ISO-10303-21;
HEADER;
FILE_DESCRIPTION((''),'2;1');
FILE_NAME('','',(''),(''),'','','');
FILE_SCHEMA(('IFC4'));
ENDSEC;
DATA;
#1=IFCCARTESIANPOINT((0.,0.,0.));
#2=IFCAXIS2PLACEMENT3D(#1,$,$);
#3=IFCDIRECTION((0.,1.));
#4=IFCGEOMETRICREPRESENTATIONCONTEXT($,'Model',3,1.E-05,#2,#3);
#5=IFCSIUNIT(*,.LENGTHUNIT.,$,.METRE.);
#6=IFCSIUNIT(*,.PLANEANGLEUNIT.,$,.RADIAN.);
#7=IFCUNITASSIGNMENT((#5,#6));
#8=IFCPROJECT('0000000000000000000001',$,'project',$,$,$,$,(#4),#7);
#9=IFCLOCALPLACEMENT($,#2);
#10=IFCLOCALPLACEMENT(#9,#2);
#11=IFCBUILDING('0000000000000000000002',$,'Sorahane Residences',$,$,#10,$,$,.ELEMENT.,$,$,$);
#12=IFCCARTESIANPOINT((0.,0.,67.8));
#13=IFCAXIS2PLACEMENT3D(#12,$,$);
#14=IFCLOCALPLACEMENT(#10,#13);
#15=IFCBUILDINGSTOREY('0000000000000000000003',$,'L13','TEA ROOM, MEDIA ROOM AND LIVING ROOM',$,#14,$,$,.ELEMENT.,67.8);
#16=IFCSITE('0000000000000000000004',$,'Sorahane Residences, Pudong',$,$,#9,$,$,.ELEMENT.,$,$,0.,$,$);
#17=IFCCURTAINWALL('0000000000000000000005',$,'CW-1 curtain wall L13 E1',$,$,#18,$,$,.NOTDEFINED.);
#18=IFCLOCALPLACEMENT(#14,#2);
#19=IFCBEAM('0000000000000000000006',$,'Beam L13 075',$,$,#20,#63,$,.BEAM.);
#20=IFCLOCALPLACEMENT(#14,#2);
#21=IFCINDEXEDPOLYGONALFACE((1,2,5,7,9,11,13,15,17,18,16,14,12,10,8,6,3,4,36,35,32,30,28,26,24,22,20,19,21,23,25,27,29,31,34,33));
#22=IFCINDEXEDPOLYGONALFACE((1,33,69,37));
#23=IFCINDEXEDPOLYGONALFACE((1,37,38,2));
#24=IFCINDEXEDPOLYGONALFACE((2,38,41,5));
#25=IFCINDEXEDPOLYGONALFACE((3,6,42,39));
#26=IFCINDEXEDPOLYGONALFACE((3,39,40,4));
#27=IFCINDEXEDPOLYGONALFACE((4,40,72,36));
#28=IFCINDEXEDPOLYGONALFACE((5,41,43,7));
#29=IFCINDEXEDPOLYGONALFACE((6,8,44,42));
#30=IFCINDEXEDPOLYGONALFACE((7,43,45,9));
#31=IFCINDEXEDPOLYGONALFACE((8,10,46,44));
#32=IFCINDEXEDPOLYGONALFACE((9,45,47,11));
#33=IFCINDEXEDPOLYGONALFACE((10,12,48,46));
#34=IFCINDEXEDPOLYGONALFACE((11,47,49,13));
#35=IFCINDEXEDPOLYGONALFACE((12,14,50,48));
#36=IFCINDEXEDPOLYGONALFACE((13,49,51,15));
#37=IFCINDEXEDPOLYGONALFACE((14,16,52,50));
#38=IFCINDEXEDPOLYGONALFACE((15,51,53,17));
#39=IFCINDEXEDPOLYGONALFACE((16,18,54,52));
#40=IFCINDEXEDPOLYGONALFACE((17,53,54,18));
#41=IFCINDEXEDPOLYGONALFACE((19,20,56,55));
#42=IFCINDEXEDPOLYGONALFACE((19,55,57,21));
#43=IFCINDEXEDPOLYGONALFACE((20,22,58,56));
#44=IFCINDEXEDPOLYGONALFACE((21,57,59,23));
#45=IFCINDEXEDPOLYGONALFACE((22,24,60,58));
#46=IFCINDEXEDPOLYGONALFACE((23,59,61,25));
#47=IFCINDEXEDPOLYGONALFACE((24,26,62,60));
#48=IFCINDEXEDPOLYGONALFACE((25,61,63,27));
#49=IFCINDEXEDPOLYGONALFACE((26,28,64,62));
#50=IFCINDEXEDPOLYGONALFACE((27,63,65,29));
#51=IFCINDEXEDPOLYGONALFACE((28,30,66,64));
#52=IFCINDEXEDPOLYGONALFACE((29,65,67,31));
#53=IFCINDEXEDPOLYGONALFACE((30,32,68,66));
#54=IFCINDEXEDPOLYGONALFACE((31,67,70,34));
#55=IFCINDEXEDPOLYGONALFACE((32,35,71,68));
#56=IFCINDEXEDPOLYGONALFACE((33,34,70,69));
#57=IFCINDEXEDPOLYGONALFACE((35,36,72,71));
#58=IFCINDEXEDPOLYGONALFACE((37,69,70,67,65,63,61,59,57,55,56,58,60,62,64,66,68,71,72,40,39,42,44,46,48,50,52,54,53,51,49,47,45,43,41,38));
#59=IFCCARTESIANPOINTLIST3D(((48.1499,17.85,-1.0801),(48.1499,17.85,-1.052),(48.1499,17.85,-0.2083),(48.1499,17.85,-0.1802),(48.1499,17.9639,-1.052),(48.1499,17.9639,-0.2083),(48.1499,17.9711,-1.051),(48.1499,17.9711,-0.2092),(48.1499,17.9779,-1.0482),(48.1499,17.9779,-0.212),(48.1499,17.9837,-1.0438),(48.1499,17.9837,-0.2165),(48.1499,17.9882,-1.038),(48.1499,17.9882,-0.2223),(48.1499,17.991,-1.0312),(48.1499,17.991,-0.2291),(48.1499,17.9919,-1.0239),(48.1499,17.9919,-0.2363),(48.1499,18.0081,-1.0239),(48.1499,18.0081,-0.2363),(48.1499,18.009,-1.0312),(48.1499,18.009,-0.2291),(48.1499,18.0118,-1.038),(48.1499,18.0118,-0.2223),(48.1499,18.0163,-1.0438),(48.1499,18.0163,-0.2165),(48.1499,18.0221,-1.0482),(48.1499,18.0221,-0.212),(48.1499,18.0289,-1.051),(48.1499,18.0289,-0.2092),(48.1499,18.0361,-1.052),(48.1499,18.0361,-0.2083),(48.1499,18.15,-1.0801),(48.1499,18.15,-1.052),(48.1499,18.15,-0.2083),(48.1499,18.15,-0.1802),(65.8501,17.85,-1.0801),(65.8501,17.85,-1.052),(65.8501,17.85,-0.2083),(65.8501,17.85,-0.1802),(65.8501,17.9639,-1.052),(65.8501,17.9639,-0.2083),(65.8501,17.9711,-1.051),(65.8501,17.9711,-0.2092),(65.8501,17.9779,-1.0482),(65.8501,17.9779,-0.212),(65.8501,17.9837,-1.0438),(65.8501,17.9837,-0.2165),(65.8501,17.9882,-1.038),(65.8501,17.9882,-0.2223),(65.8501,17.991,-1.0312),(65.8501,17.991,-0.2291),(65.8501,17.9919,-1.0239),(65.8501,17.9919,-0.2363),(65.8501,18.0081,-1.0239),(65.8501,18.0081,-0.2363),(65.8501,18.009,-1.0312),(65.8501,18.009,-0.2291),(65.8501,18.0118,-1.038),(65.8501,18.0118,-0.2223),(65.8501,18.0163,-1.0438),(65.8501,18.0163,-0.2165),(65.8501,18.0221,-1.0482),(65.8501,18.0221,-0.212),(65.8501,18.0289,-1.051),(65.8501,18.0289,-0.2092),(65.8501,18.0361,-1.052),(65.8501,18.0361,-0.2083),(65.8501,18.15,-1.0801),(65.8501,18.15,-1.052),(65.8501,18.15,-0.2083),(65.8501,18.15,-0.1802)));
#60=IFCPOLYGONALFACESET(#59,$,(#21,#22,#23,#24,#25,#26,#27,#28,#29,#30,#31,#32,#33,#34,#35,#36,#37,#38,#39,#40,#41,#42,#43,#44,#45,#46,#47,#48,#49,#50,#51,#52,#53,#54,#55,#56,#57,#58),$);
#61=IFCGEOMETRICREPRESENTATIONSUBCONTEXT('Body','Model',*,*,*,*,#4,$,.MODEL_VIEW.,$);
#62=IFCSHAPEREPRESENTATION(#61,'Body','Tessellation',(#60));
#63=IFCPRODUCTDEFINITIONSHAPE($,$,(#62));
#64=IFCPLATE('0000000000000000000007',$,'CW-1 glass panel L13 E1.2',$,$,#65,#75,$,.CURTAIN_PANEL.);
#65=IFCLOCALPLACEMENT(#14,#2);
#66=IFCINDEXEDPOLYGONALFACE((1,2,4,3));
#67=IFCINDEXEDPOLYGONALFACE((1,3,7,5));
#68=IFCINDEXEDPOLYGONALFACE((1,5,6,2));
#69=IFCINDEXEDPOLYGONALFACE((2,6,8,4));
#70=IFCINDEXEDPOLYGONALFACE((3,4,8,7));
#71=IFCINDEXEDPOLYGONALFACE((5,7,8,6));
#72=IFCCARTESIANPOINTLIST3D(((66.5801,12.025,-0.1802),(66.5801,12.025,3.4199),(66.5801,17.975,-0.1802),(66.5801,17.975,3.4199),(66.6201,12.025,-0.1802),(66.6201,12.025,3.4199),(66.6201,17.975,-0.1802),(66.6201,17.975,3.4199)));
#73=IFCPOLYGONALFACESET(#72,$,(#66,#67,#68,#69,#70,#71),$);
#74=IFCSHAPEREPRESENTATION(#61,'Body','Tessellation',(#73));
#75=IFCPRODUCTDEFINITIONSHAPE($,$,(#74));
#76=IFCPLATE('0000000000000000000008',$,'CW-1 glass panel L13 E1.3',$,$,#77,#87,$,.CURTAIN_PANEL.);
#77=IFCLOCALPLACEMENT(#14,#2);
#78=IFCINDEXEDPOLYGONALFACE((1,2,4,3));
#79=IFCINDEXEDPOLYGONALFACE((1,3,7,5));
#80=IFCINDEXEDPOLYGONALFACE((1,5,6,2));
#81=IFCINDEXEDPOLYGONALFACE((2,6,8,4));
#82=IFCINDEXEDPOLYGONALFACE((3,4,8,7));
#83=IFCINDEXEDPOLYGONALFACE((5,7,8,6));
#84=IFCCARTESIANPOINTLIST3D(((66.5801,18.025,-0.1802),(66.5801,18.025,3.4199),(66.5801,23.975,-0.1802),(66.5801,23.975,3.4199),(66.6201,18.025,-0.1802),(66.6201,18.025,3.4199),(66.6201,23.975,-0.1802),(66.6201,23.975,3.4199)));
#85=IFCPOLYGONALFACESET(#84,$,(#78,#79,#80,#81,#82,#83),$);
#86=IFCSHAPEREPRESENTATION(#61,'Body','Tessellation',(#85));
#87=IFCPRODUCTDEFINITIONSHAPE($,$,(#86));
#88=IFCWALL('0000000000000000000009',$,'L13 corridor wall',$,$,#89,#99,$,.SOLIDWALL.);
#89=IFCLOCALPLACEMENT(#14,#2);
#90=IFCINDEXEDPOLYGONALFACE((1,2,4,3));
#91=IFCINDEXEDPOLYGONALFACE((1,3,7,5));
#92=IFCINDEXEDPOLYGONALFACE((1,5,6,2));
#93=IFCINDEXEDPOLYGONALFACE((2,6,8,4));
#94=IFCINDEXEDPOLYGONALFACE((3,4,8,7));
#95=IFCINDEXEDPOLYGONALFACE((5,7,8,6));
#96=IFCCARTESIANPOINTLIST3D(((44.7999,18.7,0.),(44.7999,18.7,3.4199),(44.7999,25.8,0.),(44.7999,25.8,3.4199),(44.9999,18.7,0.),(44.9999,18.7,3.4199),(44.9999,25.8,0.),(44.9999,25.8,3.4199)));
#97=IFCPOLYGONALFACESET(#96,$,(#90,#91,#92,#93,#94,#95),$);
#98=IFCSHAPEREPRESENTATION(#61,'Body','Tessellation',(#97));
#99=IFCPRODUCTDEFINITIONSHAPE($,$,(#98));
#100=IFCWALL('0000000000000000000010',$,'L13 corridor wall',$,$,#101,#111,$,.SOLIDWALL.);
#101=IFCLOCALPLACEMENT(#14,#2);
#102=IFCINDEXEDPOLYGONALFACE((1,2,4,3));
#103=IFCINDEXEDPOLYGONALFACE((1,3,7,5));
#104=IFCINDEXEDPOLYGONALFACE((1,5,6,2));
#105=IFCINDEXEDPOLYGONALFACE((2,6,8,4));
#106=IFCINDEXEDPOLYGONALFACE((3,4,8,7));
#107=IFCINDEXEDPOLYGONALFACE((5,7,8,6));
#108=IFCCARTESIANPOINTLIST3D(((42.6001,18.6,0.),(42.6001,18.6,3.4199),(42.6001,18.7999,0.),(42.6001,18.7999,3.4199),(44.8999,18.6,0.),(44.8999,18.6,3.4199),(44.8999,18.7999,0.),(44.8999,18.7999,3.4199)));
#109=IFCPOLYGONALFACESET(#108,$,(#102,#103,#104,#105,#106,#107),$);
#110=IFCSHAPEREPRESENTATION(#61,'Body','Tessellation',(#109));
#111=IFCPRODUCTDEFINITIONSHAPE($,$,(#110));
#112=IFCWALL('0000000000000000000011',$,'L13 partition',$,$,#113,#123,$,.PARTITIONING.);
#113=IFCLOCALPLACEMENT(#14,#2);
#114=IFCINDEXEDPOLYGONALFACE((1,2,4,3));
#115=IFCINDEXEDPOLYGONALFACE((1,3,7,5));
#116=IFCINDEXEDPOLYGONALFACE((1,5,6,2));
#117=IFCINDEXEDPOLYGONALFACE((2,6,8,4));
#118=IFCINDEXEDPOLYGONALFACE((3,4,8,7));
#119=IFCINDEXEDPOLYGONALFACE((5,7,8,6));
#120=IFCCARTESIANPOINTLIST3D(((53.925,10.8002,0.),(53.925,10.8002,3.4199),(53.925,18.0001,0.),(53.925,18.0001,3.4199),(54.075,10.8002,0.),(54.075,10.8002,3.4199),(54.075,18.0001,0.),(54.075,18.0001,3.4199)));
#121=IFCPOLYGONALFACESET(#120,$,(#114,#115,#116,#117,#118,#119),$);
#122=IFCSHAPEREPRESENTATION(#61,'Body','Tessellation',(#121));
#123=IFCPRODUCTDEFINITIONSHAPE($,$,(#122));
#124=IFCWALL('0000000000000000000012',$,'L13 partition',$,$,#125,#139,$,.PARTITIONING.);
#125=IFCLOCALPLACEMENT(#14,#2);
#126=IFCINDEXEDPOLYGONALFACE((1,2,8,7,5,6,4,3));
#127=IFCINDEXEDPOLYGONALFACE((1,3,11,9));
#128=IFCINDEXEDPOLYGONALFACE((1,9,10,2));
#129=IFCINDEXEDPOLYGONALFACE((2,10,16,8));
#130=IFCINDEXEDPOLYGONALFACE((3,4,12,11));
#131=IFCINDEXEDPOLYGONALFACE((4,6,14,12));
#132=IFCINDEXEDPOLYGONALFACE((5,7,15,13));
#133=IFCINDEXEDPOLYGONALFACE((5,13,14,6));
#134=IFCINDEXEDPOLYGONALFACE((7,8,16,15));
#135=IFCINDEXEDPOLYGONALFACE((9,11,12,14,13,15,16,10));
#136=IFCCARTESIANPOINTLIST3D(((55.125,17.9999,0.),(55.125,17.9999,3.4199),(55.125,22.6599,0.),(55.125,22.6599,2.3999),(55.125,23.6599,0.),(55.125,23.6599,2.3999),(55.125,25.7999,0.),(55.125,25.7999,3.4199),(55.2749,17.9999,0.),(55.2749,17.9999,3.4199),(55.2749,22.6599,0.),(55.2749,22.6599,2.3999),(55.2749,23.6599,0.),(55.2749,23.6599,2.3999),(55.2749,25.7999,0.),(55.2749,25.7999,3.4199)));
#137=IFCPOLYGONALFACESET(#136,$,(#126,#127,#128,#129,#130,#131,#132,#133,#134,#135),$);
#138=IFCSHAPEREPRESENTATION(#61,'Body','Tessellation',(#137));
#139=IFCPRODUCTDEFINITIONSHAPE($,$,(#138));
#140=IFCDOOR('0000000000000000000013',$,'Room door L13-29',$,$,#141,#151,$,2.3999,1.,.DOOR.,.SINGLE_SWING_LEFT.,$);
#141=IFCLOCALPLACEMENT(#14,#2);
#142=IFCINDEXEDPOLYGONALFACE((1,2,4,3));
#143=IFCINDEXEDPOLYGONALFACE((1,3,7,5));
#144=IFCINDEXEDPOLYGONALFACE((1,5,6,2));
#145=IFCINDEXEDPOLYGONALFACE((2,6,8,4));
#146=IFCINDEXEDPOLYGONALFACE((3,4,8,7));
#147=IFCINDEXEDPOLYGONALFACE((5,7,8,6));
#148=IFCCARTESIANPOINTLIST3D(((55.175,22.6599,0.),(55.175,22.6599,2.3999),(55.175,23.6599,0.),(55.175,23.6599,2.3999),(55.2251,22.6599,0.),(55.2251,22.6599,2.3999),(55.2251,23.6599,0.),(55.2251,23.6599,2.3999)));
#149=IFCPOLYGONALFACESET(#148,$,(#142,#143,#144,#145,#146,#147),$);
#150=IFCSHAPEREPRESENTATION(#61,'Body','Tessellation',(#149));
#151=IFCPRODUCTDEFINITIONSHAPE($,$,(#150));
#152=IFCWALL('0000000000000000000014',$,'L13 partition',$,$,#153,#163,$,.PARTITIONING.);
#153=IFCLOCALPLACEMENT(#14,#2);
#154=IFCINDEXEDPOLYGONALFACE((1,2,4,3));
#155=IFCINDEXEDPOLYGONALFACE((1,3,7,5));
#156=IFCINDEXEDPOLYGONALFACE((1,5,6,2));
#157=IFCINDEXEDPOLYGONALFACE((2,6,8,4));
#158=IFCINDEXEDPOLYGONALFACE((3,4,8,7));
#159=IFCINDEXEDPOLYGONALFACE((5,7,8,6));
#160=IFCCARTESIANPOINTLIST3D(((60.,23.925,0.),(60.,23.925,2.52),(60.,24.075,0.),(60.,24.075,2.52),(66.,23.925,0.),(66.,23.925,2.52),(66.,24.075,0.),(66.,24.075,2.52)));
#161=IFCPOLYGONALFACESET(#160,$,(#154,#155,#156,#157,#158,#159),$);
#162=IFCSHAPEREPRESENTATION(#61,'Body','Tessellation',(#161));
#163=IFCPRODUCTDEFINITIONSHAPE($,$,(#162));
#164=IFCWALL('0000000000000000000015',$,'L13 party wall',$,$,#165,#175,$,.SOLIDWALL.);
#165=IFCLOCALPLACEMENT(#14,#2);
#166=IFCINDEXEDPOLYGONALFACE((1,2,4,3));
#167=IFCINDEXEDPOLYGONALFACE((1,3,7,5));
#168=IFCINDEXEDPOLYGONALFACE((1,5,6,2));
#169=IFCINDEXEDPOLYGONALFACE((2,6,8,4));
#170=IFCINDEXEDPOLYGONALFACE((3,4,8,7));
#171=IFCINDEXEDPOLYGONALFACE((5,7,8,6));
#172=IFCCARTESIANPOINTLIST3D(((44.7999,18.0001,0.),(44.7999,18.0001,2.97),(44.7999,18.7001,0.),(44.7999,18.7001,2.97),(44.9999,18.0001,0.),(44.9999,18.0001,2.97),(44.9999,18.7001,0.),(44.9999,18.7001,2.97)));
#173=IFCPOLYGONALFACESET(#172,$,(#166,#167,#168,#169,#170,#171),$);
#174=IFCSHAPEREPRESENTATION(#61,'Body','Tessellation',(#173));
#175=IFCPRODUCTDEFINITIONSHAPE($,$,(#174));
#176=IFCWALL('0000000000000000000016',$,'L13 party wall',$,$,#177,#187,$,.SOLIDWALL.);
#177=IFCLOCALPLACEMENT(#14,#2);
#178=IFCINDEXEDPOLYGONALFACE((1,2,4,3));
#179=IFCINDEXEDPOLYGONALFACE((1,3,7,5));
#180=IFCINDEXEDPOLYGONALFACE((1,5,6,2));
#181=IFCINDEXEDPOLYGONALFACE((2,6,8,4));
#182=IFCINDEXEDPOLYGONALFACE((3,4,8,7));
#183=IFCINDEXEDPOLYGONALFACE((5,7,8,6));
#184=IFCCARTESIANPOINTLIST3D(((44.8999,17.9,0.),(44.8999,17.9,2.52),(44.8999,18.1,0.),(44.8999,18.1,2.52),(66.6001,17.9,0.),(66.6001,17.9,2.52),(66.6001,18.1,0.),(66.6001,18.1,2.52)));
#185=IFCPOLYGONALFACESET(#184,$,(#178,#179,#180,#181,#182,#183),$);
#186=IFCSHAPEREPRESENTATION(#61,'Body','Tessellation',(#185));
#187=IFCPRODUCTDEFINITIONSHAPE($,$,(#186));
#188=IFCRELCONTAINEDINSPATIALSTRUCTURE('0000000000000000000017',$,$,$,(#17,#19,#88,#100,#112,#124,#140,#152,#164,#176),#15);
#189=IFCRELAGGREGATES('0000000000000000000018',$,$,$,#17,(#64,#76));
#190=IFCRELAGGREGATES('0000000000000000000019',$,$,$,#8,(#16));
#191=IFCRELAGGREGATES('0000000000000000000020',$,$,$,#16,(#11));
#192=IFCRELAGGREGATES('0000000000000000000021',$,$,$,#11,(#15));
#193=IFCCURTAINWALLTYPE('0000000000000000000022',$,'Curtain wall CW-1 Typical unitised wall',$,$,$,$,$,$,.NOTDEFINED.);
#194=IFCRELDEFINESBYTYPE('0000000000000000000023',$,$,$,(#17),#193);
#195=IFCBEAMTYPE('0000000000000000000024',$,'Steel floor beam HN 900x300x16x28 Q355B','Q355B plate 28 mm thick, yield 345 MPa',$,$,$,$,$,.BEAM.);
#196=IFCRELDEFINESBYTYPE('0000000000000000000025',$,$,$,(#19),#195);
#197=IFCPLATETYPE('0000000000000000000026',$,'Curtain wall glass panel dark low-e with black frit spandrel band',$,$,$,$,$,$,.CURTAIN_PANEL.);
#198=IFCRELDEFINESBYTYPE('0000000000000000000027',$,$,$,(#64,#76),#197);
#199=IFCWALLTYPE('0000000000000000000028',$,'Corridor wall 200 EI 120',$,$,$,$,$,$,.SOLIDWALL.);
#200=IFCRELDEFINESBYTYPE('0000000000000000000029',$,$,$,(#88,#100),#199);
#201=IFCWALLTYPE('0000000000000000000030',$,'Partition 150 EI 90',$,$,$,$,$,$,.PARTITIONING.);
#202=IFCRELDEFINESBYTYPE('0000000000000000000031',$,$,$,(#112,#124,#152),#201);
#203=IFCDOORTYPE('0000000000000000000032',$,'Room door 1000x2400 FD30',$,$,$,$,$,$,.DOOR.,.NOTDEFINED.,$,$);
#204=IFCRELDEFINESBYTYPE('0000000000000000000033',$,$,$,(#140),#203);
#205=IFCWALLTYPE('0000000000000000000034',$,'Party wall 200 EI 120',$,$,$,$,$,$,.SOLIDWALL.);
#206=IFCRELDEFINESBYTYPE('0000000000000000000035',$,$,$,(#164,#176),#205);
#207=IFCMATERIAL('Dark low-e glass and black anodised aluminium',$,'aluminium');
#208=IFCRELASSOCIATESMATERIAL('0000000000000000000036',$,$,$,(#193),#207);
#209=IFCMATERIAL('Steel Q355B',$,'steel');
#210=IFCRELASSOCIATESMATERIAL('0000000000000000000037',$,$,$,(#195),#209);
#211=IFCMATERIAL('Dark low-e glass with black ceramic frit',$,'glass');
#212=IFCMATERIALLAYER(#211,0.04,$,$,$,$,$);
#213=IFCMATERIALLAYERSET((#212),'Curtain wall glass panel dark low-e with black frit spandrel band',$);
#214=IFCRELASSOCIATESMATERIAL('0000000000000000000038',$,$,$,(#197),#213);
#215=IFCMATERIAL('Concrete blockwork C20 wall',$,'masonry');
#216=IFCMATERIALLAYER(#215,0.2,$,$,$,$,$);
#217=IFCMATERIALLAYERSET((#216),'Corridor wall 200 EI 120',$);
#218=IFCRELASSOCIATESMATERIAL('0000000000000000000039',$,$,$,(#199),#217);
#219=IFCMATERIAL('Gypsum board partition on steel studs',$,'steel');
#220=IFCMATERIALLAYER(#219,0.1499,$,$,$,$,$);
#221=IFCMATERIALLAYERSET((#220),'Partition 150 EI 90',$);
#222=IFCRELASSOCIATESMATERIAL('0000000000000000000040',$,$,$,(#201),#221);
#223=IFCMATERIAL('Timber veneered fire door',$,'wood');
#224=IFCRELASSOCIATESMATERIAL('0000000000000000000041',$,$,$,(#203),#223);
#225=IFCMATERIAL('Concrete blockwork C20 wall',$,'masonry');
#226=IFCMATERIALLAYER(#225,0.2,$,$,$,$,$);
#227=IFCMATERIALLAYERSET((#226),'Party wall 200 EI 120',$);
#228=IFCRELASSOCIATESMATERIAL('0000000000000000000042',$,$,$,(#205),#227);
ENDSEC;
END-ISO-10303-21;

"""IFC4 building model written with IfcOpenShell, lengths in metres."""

from ifc_helpers import new_model, si_unit, direction, frame, frame_2d, origin, origin_2d, place, context, subcontext, project, spatial, rectangle, i_section, extrude, material, layer, layer_set, material_profile, profile_set, type_object, element, fill, aggregate, save


model = new_model("IFC4")

# Units and contexts
model_context = context("Model", 3, precision=1e-05, world=origin(), true_north=direction((0.0, 1.0)))
body_context = subcontext(model_context, "Body", "Model", "MODEL_VIEW")
ifc_project = project(units=[si_unit("LENGTHUNIT", "METRE"), si_unit("PLANEANGLEUNIT", "RADIAN")], contexts=[model_context])

# Site, building, storey
site_placement = place(None, origin())
site = spatial("IfcSite", under=ifc_project, at=site_placement, Name="Sorahane Residences, Pudong", CompositionType="ELEMENT", RefElevation=0.0)
building_placement = place(site_placement, origin())
building = spatial("IfcBuilding", under=site, at=building_placement, Name="Sorahane Residences", CompositionType="ELEMENT")
storey_placement = place(building_placement, frame((0.0, 0.0, 67.8)))
storey = spatial("IfcBuildingStorey", under=building, at=storey_placement, Name="L13", Description="TEA ROOM, MEDIA ROOM AND LIVING ROOM", CompositionType="ELEMENT", Elevation=67.8)

# Curtain wall
ifc_material_1 = material(Name="Dark low-e glass and black anodised aluminium", Category="aluminium")
curtain_wall_type = type_object("IfcCurtainWallType", Name="Curtain wall CW-1 Typical unitised wall", PredefinedType="NOTDEFINED", material=ifc_material_1)
curtain_wall_placement = place(storey_placement, origin())
curtain_wall = element("IfcCurtainWall", 1, at=curtain_wall_placement, inside=storey, type_object=curtain_wall_type, Name="CW-1 curtain wall L13 E1", PredefinedType="NOTDEFINED")

# Beam
ifc_material_2 = material(Name="Steel Q355B", Category="steel")
ifc_material_profile_1 = material_profile(ifc_material_2, i_section(OverallWidth=0.3, OverallDepth=0.8999, WebThickness=0.0161, FlangeThickness=0.0281, FilletRadius=0.0281, at=origin_2d()), Name="HN 900x300x16x28")
ifc_profile_set_1 = profile_set([ifc_material_profile_1], Name="Steel Q355B")
beam_type_1 = type_object("IfcBeamType", Name="Steel floor beam HN 900x300x16x28 Q355B", Description="Q355B plate 28 mm thick, yield 345 MPa", PredefinedType="BEAM", material=ifc_profile_set_1)
beam_1_placement = place(storey_placement, frame((48.1499, 18.0, -0.6301), z_axis=(1.0, 0.0, 0.0), x_axis=(0.0, 1.0, 0.0)))
element("IfcBeam", 2, at=beam_1_placement, inside=storey, type_object=beam_type_1, Name="Beam L13 075", PredefinedType="BEAM", context=body_context, shape_type="SweptSolid", body=[
    extrude(i_section(OverallWidth=0.3, OverallDepth=0.8999, WebThickness=0.0161, FlangeThickness=0.0281, FilletRadius=0.0281, at=origin_2d()), origin(), (0.0, 0.0, 1.0), 17.7002),
])

# Plates
ifc_material_3 = material(Name="Dark low-e glass with black ceramic frit", Category="glass")
ifc_layer_1 = layer(ifc_material_3, 0.04)
ifc_layer_set_1 = layer_set([ifc_layer_1], Name="Curtain wall glass panel dark low-e with black frit spandrel band")
plate_type = type_object("IfcPlateType", Name="Curtain wall glass panel dark low-e with black frit spandrel band", PredefinedType="CURTAIN_PANEL", material=ifc_layer_set_1)
plate_1_placement = place(storey_placement, frame((66.6001, 15.0, -0.1802), z_axis=(0.0, 0.0, 1.0), x_axis=(0.0, 1.0, 0.0)))
plate_1 = element("IfcPlate", 3, at=plate_1_placement, type_object=plate_type, Name="CW-1 glass panel L13 E1.2", PredefinedType="CURTAIN_PANEL", context=body_context, shape_type="SweptSolid", body=[
    extrude(rectangle(XDim=5.95, YDim=0.04, at=origin_2d()), origin(), (0.0, 0.0, 1.0), 3.6001),
])
plate_2_placement = place(storey_placement, frame((66.6001, 21.0, -0.1802), z_axis=(0.0, 0.0, 1.0), x_axis=(0.0, 1.0, 0.0)))
plate_2 = element("IfcPlate", 4, at=plate_2_placement, type_object=plate_type, Name="CW-1 glass panel L13 E1.3", PredefinedType="CURTAIN_PANEL", context=body_context, shape_type="SweptSolid", body=[
    extrude(rectangle(XDim=5.95, YDim=0.04, at=origin_2d()), origin(), (0.0, 0.0, 1.0), 3.6001),
])
aggregate(curtain_wall, [plate_1, plate_2])

# Walls
ifc_material_4 = material(Name="Concrete blockwork C20 wall", Category="masonry")
ifc_layer_2 = layer(ifc_material_4, 0.2)
ifc_layer_set_2 = layer_set([ifc_layer_2], Name="Corridor wall 200 EI 120")
wall_type_1 = type_object("IfcWallType", Name="Corridor wall 200 EI 120", PredefinedType="SOLIDWALL", material=ifc_layer_set_2)
wall_1_placement = place(storey_placement, frame((44.8999, 18.7, 0.0), z_axis=(0.0, 0.0, 1.0), x_axis=(0.0, 1.0, 0.0)))
element("IfcWall", 5, at=wall_1_placement, inside=storey, type_object=wall_type_1, Name="L13 corridor wall", PredefinedType="SOLIDWALL", context=body_context, shape_type="SweptSolid", body=[
    extrude(rectangle(XDim=7.1001, YDim=0.2, at=frame_2d((3.55, 0.0))), origin(), (0.0, 0.0, 1.0), 3.4199),
])
wall_2_placement = place(storey_placement, frame((42.6001, 18.7, 0.0), z_axis=(0.0, 0.0, 1.0), x_axis=(1.0, 0.0, 0.0)))
element("IfcWall", 6, at=wall_2_placement, inside=storey, type_object=wall_type_1, Name="L13 corridor wall", PredefinedType="SOLIDWALL", context=body_context, shape_type="SweptSolid", body=[
    extrude(rectangle(XDim=2.2998, YDim=0.2, at=frame_2d((1.1499, 0.0))), origin(), (0.0, 0.0, 1.0), 3.4199),
])
ifc_material_5 = material(Name="Gypsum board partition on steel studs", Category="steel")
ifc_layer_3 = layer(ifc_material_5, 0.1499)
ifc_layer_set_3 = layer_set([ifc_layer_3], Name="Partition 150 EI 90")
wall_type_2 = type_object("IfcWallType", Name="Partition 150 EI 90", PredefinedType="PARTITIONING", material=ifc_layer_set_3)
wall_3_placement = place(storey_placement, frame((54.0, 10.8, 0.0), z_axis=(0.0, 0.0, 1.0), x_axis=(0.0, 1.0, 0.0)))
element("IfcWall", 7, at=wall_3_placement, inside=storey, type_object=wall_type_2, Name="L13 partition", PredefinedType="PARTITIONING", context=body_context, shape_type="SweptSolid", body=[
    extrude(rectangle(XDim=7.2, YDim=0.1499, at=frame_2d((3.6001, 0.0))), origin(), (0.0, 0.0, 1.0), 3.4199),
])

# Wall, opening, door
wall_4_placement = place(storey_placement, frame((55.2, 18.0, 0.0), z_axis=(0.0, 0.0, 1.0), x_axis=(0.0, 1.0, 0.0)))
wall_4 = element("IfcWall", 8, at=wall_4_placement, inside=storey, type_object=wall_type_2, Name="L13 partition", PredefinedType="PARTITIONING", context=body_context, shape_type="SweptSolid", body=[
    extrude(rectangle(XDim=7.8, YDim=0.1499, at=frame_2d((3.8999, 0.0))), origin(), (0.0, 0.0, 1.0), 3.4199),
])
opening_1_placement = place(wall_4_placement, frame((4.6599, 0.0, 0.0)))
opening_1 = element("IfcOpeningElement", 9, at=opening_1_placement, cuts=wall_4, PredefinedType="OPENING", context=body_context, shape_type="SweptSolid", body=[
    extrude(rectangle(XDim=1.0, YDim=2.3999, at=frame_2d((0.5, 1.2))), frame((0.0, 0.085, 0.0), z_axis=(0.0, -1.0, 0.0), x_axis=(1.0, 0.0, 0.0)), (0.0, 0.0, 1.0), 0.1699),
])
ifc_material_6 = material(Name="Timber veneered fire door", Category="wood")
door_type_1 = type_object("IfcDoorType", Name="Room door 1000x2400 FD30", OperationType="NOTDEFINED", PredefinedType="DOOR", material=ifc_material_6)
door_1_placement = place(opening_1_placement, origin())
door_1 = element("IfcDoor", 10, at=door_1_placement, inside=storey, type_object=door_type_1, Name="Room door L13-29", OperationType="SINGLE_SWING_LEFT", OverallHeight=2.3999, OverallWidth=1.0, PredefinedType="DOOR", context=body_context, shape_type="SweptSolid", body=[
    extrude(rectangle(XDim=1.0, YDim=2.3999, at=frame_2d((0.5, 1.2))), frame((0.0, 0.0249, 0.0), z_axis=(0.0, -1.0, 0.0), x_axis=(1.0, 0.0, 0.0)), (0.0, 0.0, 1.0), 0.05),
])
fill(opening_1, door_1)

# Walls
wall_5_placement = place(storey_placement, frame((60.0, 24.0, 0.0), z_axis=(0.0, 0.0, 1.0), x_axis=(1.0, 0.0, 0.0)))
element("IfcWall", 11, at=wall_5_placement, inside=storey, type_object=wall_type_2, Name="L13 partition", PredefinedType="PARTITIONING", context=body_context, shape_type="SweptSolid", body=[
    extrude(rectangle(XDim=6.0, YDim=0.1499, at=frame_2d((3.0, 0.0))), origin(), (0.0, 0.0, 1.0), 2.52),
])
ifc_material_7 = material(Name="Concrete blockwork C20 wall", Category="masonry")
ifc_layer_4 = layer(ifc_material_7, 0.2)
ifc_layer_set_4 = layer_set([ifc_layer_4], Name="Party wall 200 EI 120")
wall_type_3 = type_object("IfcWallType", Name="Party wall 200 EI 120", PredefinedType="SOLIDWALL", material=ifc_layer_set_4)
wall_6_placement = place(storey_placement, frame((44.8999, 18.0, 0.0), z_axis=(0.0, 0.0, 1.0), x_axis=(0.0, 1.0, 0.0)))
element("IfcWall", 12, at=wall_6_placement, inside=storey, type_object=wall_type_3, Name="L13 party wall", PredefinedType="SOLIDWALL", context=body_context, shape_type="SweptSolid", body=[
    extrude(rectangle(XDim=0.7, YDim=0.2, at=frame_2d((0.3501, 0.0))), origin(), (0.0, 0.0, 1.0), 2.97),
])
wall_7_placement = place(storey_placement, frame((44.8999, 18.0, 0.0), z_axis=(0.0, 0.0, 1.0), x_axis=(1.0, 0.0, 0.0)))
element("IfcWall", 13, at=wall_7_placement, inside=storey, type_object=wall_type_3, Name="L13 party wall", PredefinedType="SOLIDWALL", context=body_context, shape_type="SweptSolid", body=[
    extrude(rectangle(XDim=21.7002, YDim=0.2, at=frame_2d((10.8501, 0.0))), origin(), (0.0, 0.0, 1.0), 2.52),
])

save(model, "model.ifc")
